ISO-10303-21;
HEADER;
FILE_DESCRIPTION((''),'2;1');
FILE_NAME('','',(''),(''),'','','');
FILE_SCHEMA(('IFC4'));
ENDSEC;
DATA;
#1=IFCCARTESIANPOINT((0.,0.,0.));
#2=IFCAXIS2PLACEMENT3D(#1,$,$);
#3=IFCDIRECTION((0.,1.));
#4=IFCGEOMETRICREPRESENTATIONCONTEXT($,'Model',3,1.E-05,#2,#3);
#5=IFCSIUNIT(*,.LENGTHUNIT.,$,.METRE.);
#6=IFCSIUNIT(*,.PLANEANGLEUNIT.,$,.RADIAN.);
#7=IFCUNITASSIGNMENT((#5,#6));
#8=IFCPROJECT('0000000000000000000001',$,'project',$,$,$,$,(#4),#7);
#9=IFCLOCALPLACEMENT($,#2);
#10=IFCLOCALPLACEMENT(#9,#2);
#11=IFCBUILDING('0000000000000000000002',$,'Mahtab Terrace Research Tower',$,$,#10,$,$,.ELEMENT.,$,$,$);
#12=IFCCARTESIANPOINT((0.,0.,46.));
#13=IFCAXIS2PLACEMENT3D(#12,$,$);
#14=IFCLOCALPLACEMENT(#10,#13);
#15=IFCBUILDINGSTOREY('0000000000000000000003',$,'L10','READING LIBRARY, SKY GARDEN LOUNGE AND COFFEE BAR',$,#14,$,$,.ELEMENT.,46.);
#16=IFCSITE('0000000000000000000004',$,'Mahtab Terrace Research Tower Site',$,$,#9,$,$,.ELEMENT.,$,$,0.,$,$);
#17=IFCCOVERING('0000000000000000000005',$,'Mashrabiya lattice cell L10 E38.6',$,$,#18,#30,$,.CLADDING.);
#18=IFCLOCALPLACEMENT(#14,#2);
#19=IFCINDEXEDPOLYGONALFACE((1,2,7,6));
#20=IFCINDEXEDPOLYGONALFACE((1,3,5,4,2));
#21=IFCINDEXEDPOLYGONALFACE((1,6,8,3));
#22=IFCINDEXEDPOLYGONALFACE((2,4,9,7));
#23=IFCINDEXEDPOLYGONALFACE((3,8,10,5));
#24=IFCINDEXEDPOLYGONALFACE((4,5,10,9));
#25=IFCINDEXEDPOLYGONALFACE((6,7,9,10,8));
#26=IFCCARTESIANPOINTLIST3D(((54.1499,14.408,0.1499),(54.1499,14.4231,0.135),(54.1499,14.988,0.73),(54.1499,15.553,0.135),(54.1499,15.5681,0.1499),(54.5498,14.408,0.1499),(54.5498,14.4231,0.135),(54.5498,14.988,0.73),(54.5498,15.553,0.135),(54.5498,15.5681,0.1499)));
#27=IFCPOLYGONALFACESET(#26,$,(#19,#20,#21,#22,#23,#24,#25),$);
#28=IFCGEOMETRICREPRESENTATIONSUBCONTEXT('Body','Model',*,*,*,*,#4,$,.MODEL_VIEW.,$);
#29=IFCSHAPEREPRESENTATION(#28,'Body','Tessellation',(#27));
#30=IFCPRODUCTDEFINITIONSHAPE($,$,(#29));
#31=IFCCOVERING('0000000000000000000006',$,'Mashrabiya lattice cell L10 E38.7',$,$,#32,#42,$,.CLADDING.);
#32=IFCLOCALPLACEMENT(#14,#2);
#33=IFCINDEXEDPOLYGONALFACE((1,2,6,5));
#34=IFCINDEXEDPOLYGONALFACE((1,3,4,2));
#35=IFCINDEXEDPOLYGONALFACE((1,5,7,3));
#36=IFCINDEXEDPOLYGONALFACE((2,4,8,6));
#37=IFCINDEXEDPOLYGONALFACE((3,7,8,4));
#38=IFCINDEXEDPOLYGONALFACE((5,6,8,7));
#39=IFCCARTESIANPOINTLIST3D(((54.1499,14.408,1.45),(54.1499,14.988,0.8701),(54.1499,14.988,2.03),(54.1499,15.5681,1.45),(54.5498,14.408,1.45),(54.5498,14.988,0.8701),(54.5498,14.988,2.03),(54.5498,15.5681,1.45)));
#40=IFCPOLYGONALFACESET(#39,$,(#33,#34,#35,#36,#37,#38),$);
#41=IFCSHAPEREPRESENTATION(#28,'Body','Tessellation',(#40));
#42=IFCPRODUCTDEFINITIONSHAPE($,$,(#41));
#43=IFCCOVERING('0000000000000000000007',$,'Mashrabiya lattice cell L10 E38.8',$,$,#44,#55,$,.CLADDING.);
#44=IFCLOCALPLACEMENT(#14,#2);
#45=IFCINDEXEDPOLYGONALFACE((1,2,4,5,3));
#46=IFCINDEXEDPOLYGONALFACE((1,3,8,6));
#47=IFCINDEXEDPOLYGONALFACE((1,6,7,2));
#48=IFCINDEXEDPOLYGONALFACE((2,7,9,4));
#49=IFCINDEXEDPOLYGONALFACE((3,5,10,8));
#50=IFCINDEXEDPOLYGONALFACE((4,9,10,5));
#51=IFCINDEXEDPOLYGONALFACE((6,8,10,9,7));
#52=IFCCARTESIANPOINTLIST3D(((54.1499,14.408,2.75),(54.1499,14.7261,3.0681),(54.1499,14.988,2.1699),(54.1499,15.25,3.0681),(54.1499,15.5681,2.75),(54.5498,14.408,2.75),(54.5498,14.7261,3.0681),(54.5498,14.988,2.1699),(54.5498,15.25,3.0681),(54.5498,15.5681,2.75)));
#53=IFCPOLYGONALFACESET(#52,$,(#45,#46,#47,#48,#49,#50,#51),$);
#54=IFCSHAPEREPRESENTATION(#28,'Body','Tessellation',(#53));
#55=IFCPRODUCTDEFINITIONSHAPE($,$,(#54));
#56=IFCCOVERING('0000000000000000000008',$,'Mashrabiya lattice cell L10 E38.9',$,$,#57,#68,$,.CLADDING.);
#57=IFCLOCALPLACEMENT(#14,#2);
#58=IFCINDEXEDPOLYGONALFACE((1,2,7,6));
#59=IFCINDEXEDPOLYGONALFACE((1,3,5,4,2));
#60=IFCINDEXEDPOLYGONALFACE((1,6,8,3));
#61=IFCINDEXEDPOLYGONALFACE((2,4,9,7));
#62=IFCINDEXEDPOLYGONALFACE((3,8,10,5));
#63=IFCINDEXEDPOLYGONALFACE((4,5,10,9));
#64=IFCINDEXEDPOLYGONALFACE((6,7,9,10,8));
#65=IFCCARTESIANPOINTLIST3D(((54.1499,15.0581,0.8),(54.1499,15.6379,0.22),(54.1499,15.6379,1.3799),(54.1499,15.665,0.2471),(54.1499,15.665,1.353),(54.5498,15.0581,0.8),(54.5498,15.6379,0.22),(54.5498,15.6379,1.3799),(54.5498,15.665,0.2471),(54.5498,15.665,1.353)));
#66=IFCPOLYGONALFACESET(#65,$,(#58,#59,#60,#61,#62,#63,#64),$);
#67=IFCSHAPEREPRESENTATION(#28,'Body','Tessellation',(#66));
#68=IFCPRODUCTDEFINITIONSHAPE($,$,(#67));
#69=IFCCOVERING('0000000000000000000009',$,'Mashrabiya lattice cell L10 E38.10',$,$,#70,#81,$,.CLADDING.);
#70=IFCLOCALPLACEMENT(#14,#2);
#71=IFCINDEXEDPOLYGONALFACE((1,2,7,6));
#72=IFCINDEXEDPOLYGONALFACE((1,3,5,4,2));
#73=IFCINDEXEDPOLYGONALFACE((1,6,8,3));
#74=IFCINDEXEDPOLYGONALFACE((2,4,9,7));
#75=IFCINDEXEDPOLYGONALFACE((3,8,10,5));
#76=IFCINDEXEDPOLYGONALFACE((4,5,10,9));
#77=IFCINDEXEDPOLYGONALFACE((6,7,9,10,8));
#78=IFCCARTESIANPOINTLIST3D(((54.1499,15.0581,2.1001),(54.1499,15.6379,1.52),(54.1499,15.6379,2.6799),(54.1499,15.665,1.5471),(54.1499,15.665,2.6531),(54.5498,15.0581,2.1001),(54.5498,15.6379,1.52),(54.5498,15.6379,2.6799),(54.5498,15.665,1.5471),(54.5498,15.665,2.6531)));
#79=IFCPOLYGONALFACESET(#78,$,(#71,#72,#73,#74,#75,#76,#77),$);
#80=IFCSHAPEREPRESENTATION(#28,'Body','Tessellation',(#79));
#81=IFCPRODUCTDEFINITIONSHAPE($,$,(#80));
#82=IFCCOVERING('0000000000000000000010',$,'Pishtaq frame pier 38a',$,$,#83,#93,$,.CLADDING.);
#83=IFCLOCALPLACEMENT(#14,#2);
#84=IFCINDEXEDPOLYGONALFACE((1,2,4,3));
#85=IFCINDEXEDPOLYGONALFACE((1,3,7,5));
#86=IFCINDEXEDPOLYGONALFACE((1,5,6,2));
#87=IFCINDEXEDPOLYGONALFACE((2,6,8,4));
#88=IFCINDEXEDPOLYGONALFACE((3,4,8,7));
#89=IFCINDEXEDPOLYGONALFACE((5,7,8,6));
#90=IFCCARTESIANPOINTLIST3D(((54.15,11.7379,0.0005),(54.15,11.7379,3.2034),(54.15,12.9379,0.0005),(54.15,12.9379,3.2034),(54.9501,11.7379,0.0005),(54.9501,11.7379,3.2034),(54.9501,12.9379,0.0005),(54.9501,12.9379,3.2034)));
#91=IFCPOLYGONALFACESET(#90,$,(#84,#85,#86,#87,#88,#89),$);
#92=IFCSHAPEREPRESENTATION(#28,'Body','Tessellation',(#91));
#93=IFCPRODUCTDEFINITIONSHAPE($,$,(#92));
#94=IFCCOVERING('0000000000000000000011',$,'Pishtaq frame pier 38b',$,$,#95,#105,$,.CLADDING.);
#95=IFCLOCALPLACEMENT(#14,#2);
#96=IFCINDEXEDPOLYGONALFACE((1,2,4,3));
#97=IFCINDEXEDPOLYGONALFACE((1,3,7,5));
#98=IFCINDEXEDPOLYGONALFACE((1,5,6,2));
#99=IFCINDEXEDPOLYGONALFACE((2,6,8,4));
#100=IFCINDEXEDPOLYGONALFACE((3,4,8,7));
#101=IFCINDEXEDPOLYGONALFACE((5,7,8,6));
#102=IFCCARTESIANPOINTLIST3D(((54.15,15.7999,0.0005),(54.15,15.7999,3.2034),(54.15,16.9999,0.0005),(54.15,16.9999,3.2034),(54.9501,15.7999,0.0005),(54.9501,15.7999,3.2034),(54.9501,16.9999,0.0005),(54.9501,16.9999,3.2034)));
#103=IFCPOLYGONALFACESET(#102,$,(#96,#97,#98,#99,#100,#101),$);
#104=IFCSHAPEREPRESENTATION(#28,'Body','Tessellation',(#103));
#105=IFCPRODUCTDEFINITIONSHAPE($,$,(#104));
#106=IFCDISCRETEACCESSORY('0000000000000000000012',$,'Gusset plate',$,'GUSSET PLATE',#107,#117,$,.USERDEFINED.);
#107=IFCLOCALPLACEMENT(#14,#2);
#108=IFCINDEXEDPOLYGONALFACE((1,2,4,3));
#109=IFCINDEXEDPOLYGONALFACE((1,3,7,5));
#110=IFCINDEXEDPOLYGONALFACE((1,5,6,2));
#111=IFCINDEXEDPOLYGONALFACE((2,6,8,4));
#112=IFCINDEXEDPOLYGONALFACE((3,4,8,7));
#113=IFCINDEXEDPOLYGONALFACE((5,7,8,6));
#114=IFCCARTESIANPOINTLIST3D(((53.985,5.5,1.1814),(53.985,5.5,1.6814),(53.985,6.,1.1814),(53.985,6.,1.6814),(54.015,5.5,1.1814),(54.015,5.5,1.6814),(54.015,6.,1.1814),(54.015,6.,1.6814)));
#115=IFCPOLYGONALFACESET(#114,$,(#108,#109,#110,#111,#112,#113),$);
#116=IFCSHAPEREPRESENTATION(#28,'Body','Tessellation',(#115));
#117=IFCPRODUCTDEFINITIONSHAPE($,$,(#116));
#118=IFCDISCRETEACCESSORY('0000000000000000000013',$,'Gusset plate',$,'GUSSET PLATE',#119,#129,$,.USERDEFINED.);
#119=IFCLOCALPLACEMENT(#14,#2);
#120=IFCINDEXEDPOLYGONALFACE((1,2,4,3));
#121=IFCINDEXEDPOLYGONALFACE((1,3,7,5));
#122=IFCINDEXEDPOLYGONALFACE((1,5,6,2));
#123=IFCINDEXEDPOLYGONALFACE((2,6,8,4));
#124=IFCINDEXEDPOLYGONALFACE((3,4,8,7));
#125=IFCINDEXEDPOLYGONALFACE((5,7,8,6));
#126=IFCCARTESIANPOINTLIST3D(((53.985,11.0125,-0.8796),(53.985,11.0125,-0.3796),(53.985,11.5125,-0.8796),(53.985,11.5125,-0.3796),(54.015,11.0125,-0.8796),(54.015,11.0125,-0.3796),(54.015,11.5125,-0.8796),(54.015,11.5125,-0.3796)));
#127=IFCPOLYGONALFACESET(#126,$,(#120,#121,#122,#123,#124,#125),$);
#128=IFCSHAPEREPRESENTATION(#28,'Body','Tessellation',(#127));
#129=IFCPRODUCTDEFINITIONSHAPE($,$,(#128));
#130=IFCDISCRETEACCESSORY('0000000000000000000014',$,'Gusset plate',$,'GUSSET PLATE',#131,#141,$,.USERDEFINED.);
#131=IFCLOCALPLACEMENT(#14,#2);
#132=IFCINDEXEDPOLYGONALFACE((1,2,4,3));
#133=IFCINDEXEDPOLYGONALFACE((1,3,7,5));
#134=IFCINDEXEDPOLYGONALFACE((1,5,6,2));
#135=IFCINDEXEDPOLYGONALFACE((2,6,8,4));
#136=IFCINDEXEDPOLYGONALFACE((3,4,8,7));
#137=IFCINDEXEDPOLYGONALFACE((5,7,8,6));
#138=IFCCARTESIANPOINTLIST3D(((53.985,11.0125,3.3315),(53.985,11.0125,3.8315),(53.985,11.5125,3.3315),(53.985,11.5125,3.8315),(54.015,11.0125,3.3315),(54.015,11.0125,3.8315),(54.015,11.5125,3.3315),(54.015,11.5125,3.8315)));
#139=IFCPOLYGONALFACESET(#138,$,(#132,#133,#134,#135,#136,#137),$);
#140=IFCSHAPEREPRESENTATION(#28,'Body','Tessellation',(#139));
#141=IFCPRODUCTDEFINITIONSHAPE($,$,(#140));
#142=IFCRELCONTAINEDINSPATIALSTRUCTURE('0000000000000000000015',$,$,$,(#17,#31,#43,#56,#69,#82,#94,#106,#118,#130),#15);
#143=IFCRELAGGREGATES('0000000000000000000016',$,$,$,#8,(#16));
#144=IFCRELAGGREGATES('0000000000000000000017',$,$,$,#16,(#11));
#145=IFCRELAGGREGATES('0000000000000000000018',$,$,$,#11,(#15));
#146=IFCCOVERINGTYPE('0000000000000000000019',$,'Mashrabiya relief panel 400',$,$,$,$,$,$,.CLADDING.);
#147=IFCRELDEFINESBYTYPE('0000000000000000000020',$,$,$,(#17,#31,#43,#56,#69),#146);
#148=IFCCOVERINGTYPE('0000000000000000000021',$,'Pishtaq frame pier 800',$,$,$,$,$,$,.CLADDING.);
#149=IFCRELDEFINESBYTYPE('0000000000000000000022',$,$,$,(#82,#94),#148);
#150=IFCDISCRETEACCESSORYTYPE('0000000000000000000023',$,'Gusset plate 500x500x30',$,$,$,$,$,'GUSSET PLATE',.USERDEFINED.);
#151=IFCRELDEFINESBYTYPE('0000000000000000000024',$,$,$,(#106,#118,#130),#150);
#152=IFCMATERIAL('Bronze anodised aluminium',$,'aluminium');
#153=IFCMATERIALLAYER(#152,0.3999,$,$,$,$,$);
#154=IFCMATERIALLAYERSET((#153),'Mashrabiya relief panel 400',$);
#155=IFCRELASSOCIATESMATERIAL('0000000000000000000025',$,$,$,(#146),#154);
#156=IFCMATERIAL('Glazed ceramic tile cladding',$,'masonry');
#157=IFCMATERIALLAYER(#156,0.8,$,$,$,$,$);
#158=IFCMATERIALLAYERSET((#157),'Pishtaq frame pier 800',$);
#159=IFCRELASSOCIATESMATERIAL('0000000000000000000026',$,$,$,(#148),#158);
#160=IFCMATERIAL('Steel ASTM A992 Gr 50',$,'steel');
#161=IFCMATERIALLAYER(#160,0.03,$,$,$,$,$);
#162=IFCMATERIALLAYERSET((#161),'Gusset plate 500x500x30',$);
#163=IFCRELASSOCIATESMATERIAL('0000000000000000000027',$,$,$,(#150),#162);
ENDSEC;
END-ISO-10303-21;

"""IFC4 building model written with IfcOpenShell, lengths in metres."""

from ifc_helpers import new_model, si_unit, direction, frame, origin, origin_2d, place, context, subcontext, project, spatial, polyline, rectangle, outline, extrude, material, layer, layer_set, type_object, element, save


model = new_model("IFC4")

# Units and contexts
model_context = context("Model", 3, precision=1e-05, world=origin(), true_north=direction((0.0, 1.0)))
body_context = subcontext(model_context, "Body", "Model", "MODEL_VIEW")
ifc_project = project(units=[si_unit("LENGTHUNIT", "METRE"), si_unit("PLANEANGLEUNIT", "RADIAN")], contexts=[model_context])

# Site, building, storey
site_placement = place(None, origin())
site = spatial("IfcSite", under=ifc_project, at=site_placement, Name="Mahtab Terrace Research Tower Site", CompositionType="ELEMENT", RefElevation=0.0)
building_placement = place(site_placement, origin())
building = spatial("IfcBuilding", under=site, at=building_placement, Name="Mahtab Terrace Research Tower", CompositionType="ELEMENT")
storey_placement = place(building_placement, frame((0.0, 0.0, 46.0)))
storey = spatial("IfcBuildingStorey", under=building, at=storey_placement, Name="L10", Description="READING LIBRARY, SKY GARDEN LOUNGE AND COFFEE BAR", CompositionType="ELEMENT", Elevation=46.0)

# Shared definitions
ifc_material_1 = material(Name="Steel ASTM A992 Gr 50", Category="steel")

# Coverings
ifc_material_2 = material(Name="Bronze anodised aluminium", Category="aluminium")
ifc_layer_1 = layer(ifc_material_2, 0.3999)
ifc_layer_set_1 = layer_set([ifc_layer_1], Name="Mashrabiya relief panel 400")
covering_type_1 = type_object("IfcCoveringType", Name="Mashrabiya relief panel 400", PredefinedType="CLADDING", material=ifc_layer_set_1)
covering_1_placement = place(storey_placement, frame((54.1499, 14.408, 0.1499), z_axis=(-1.0, 0.0, 0.0), x_axis=(0.0, 0.707107, 0.707107)))
element("IfcCovering", 1, at=covering_1_placement, inside=storey, type_object=covering_type_1, Name="Mashrabiya lattice cell L10 E38.6", PredefinedType="CLADDING", context=body_context, shape_type="SweptSolid", body=[
    extrude(outline(polyline([(0.0, 0.0), (0.8204, 0.0), (0.8204, 0.8204), (0.7991, 0.8202), (0.0002, 0.0212), (0.0, 0.0)])), origin(), (0.0, 0.0, -1.0), 0.3999),
])
covering_2_placement = place(storey_placement, frame((54.1499, 14.988, 2.03), z_axis=(-1.0, 0.0, 0.0), x_axis=(0.0, 0.707107, -0.707107)))
element("IfcCovering", 2, at=covering_2_placement, inside=storey, type_object=covering_type_1, Name="Mashrabiya lattice cell L10 E38.7", PredefinedType="CLADDING", context=body_context, shape_type="SweptSolid", body=[
    extrude(outline(polyline([(0.0, 0.0), (0.8204, 0.0), (0.8202, 0.8202), (0.0, 0.8204), (0.0, 0.0)])), origin(), (0.0, 0.0, -1.0), 0.3999),
])
covering_3_placement = place(storey_placement, frame((54.1499, 15.5681, 2.75), z_axis=(-1.0, 0.0, 0.0), x_axis=(0.0, -0.707107, -0.707107)))
element("IfcCovering", 3, at=covering_3_placement, inside=storey, type_object=covering_type_1, Name="Mashrabiya lattice cell L10 E38.8", PredefinedType="CLADDING", context=body_context, shape_type="SweptSolid", body=[
    extrude(outline(polyline([(0.0, 0.0), (0.8204, 0.0), (0.8204, 0.8204), (0.3705, 0.8204), (0.0, 0.4499), (0.0, 0.0)])), origin(), (0.0, 0.0, -1.0), 0.3999),
])
for number, where, z_axis, x_axis, name in (
    (4, (54.1499, 15.6379, 0.22), (-1.0, 0.0, 0.0), (0.0, -0.706958, 0.707256), "Mashrabiya lattice cell L10 E38.9"),
    (5, (54.1499, 15.6379, 1.52), (-1.0, 0.0, 0.0), (0.0, -0.706958, 0.707256), "Mashrabiya lattice cell L10 E38.10"),
):
    element("IfcCovering", number, at=place(storey_placement, frame(where, z_axis=z_axis, x_axis=x_axis)), inside=storey, type_object=covering_type_1, Name=name, PredefinedType="CLADDING", context=body_context, shape_type="SweptSolid", body=[
        extrude(outline(polyline([(0.0, 0.0), (0.8202, 0.0), (0.8204, 0.82), (0.7822, 0.8202), (0.0, 0.0383), (0.0, 0.0)])), origin(), (0.0, 0.0, -1.0), 0.3999),
    ])
ifc_material_3 = material(Name="Glazed ceramic tile cladding", Category="masonry")
ifc_layer_2 = layer(ifc_material_3, 0.8)
ifc_layer_set_2 = layer_set([ifc_layer_2], Name="Pishtaq frame pier 800")
covering_type_2 = type_object("IfcCoveringType", Name="Pishtaq frame pier 800", PredefinedType="CLADDING", material=ifc_layer_set_2)
for number, where, z_axis, x_axis, name in (
    (6, (54.55, 12.3379, 0.0005), (0.0, 0.0, 1.0), (0.0, 1.0, 0.0), "Pishtaq frame pier 38a"),
    (7, (54.55, 16.3999, 0.0005), (0.0, 0.0, 1.0), (0.0, 1.0, 0.0), "Pishtaq frame pier 38b"),
):
    element("IfcCovering", number, at=place(storey_placement, frame(where, z_axis=z_axis, x_axis=x_axis)), inside=storey, type_object=covering_type_2, Name=name, PredefinedType="CLADDING", context=body_context, shape_type="SweptSolid", body=[
        extrude(rectangle(XDim=1.2, YDim=0.8, at=origin_2d()), origin(), (0.0, 0.0, 1.0), 3.2029),
    ])

# Discrete accessories
ifc_layer_3 = layer(ifc_material_1, 0.03)
ifc_layer_set_3 = layer_set([ifc_layer_3], Name="Gusset plate 500x500x30")
discrete_accessory_type = type_object("IfcDiscreteAccessoryType", Name="Gusset plate 500x500x30", ElementType="GUSSET PLATE", PredefinedType="USERDEFINED", material=ifc_layer_set_3)
for number, where, z_axis, x_axis, name in (
    (8, (54.0, 5.75, 1.1814), (0.0, 0.0, 1.0), (0.0, 1.0, 0.0), "Gusset plate"),
    (9, (54.0, 11.2625, -0.8796), (0.0, 0.0, 1.0), (0.0, 1.0, 0.0), "Gusset plate"),
    (10, (54.0, 11.2625, 3.3315), (0.0, 0.0, 1.0), (0.0, 1.0, 0.0), "Gusset plate"),
):
    element("IfcDiscreteAccessory", number, at=place(storey_placement, frame(where, z_axis=z_axis, x_axis=x_axis)), inside=storey, type_object=discrete_accessory_type, Name=name, ObjectType="GUSSET PLATE", PredefinedType="USERDEFINED", context=body_context, shape_type="SweptSolid", body=[
        extrude(rectangle(XDim=0.5, YDim=0.03, at=origin_2d()), origin(), (0.0, 0.0, 1.0), 0.5),
    ])

save(model, "model.ifc")
